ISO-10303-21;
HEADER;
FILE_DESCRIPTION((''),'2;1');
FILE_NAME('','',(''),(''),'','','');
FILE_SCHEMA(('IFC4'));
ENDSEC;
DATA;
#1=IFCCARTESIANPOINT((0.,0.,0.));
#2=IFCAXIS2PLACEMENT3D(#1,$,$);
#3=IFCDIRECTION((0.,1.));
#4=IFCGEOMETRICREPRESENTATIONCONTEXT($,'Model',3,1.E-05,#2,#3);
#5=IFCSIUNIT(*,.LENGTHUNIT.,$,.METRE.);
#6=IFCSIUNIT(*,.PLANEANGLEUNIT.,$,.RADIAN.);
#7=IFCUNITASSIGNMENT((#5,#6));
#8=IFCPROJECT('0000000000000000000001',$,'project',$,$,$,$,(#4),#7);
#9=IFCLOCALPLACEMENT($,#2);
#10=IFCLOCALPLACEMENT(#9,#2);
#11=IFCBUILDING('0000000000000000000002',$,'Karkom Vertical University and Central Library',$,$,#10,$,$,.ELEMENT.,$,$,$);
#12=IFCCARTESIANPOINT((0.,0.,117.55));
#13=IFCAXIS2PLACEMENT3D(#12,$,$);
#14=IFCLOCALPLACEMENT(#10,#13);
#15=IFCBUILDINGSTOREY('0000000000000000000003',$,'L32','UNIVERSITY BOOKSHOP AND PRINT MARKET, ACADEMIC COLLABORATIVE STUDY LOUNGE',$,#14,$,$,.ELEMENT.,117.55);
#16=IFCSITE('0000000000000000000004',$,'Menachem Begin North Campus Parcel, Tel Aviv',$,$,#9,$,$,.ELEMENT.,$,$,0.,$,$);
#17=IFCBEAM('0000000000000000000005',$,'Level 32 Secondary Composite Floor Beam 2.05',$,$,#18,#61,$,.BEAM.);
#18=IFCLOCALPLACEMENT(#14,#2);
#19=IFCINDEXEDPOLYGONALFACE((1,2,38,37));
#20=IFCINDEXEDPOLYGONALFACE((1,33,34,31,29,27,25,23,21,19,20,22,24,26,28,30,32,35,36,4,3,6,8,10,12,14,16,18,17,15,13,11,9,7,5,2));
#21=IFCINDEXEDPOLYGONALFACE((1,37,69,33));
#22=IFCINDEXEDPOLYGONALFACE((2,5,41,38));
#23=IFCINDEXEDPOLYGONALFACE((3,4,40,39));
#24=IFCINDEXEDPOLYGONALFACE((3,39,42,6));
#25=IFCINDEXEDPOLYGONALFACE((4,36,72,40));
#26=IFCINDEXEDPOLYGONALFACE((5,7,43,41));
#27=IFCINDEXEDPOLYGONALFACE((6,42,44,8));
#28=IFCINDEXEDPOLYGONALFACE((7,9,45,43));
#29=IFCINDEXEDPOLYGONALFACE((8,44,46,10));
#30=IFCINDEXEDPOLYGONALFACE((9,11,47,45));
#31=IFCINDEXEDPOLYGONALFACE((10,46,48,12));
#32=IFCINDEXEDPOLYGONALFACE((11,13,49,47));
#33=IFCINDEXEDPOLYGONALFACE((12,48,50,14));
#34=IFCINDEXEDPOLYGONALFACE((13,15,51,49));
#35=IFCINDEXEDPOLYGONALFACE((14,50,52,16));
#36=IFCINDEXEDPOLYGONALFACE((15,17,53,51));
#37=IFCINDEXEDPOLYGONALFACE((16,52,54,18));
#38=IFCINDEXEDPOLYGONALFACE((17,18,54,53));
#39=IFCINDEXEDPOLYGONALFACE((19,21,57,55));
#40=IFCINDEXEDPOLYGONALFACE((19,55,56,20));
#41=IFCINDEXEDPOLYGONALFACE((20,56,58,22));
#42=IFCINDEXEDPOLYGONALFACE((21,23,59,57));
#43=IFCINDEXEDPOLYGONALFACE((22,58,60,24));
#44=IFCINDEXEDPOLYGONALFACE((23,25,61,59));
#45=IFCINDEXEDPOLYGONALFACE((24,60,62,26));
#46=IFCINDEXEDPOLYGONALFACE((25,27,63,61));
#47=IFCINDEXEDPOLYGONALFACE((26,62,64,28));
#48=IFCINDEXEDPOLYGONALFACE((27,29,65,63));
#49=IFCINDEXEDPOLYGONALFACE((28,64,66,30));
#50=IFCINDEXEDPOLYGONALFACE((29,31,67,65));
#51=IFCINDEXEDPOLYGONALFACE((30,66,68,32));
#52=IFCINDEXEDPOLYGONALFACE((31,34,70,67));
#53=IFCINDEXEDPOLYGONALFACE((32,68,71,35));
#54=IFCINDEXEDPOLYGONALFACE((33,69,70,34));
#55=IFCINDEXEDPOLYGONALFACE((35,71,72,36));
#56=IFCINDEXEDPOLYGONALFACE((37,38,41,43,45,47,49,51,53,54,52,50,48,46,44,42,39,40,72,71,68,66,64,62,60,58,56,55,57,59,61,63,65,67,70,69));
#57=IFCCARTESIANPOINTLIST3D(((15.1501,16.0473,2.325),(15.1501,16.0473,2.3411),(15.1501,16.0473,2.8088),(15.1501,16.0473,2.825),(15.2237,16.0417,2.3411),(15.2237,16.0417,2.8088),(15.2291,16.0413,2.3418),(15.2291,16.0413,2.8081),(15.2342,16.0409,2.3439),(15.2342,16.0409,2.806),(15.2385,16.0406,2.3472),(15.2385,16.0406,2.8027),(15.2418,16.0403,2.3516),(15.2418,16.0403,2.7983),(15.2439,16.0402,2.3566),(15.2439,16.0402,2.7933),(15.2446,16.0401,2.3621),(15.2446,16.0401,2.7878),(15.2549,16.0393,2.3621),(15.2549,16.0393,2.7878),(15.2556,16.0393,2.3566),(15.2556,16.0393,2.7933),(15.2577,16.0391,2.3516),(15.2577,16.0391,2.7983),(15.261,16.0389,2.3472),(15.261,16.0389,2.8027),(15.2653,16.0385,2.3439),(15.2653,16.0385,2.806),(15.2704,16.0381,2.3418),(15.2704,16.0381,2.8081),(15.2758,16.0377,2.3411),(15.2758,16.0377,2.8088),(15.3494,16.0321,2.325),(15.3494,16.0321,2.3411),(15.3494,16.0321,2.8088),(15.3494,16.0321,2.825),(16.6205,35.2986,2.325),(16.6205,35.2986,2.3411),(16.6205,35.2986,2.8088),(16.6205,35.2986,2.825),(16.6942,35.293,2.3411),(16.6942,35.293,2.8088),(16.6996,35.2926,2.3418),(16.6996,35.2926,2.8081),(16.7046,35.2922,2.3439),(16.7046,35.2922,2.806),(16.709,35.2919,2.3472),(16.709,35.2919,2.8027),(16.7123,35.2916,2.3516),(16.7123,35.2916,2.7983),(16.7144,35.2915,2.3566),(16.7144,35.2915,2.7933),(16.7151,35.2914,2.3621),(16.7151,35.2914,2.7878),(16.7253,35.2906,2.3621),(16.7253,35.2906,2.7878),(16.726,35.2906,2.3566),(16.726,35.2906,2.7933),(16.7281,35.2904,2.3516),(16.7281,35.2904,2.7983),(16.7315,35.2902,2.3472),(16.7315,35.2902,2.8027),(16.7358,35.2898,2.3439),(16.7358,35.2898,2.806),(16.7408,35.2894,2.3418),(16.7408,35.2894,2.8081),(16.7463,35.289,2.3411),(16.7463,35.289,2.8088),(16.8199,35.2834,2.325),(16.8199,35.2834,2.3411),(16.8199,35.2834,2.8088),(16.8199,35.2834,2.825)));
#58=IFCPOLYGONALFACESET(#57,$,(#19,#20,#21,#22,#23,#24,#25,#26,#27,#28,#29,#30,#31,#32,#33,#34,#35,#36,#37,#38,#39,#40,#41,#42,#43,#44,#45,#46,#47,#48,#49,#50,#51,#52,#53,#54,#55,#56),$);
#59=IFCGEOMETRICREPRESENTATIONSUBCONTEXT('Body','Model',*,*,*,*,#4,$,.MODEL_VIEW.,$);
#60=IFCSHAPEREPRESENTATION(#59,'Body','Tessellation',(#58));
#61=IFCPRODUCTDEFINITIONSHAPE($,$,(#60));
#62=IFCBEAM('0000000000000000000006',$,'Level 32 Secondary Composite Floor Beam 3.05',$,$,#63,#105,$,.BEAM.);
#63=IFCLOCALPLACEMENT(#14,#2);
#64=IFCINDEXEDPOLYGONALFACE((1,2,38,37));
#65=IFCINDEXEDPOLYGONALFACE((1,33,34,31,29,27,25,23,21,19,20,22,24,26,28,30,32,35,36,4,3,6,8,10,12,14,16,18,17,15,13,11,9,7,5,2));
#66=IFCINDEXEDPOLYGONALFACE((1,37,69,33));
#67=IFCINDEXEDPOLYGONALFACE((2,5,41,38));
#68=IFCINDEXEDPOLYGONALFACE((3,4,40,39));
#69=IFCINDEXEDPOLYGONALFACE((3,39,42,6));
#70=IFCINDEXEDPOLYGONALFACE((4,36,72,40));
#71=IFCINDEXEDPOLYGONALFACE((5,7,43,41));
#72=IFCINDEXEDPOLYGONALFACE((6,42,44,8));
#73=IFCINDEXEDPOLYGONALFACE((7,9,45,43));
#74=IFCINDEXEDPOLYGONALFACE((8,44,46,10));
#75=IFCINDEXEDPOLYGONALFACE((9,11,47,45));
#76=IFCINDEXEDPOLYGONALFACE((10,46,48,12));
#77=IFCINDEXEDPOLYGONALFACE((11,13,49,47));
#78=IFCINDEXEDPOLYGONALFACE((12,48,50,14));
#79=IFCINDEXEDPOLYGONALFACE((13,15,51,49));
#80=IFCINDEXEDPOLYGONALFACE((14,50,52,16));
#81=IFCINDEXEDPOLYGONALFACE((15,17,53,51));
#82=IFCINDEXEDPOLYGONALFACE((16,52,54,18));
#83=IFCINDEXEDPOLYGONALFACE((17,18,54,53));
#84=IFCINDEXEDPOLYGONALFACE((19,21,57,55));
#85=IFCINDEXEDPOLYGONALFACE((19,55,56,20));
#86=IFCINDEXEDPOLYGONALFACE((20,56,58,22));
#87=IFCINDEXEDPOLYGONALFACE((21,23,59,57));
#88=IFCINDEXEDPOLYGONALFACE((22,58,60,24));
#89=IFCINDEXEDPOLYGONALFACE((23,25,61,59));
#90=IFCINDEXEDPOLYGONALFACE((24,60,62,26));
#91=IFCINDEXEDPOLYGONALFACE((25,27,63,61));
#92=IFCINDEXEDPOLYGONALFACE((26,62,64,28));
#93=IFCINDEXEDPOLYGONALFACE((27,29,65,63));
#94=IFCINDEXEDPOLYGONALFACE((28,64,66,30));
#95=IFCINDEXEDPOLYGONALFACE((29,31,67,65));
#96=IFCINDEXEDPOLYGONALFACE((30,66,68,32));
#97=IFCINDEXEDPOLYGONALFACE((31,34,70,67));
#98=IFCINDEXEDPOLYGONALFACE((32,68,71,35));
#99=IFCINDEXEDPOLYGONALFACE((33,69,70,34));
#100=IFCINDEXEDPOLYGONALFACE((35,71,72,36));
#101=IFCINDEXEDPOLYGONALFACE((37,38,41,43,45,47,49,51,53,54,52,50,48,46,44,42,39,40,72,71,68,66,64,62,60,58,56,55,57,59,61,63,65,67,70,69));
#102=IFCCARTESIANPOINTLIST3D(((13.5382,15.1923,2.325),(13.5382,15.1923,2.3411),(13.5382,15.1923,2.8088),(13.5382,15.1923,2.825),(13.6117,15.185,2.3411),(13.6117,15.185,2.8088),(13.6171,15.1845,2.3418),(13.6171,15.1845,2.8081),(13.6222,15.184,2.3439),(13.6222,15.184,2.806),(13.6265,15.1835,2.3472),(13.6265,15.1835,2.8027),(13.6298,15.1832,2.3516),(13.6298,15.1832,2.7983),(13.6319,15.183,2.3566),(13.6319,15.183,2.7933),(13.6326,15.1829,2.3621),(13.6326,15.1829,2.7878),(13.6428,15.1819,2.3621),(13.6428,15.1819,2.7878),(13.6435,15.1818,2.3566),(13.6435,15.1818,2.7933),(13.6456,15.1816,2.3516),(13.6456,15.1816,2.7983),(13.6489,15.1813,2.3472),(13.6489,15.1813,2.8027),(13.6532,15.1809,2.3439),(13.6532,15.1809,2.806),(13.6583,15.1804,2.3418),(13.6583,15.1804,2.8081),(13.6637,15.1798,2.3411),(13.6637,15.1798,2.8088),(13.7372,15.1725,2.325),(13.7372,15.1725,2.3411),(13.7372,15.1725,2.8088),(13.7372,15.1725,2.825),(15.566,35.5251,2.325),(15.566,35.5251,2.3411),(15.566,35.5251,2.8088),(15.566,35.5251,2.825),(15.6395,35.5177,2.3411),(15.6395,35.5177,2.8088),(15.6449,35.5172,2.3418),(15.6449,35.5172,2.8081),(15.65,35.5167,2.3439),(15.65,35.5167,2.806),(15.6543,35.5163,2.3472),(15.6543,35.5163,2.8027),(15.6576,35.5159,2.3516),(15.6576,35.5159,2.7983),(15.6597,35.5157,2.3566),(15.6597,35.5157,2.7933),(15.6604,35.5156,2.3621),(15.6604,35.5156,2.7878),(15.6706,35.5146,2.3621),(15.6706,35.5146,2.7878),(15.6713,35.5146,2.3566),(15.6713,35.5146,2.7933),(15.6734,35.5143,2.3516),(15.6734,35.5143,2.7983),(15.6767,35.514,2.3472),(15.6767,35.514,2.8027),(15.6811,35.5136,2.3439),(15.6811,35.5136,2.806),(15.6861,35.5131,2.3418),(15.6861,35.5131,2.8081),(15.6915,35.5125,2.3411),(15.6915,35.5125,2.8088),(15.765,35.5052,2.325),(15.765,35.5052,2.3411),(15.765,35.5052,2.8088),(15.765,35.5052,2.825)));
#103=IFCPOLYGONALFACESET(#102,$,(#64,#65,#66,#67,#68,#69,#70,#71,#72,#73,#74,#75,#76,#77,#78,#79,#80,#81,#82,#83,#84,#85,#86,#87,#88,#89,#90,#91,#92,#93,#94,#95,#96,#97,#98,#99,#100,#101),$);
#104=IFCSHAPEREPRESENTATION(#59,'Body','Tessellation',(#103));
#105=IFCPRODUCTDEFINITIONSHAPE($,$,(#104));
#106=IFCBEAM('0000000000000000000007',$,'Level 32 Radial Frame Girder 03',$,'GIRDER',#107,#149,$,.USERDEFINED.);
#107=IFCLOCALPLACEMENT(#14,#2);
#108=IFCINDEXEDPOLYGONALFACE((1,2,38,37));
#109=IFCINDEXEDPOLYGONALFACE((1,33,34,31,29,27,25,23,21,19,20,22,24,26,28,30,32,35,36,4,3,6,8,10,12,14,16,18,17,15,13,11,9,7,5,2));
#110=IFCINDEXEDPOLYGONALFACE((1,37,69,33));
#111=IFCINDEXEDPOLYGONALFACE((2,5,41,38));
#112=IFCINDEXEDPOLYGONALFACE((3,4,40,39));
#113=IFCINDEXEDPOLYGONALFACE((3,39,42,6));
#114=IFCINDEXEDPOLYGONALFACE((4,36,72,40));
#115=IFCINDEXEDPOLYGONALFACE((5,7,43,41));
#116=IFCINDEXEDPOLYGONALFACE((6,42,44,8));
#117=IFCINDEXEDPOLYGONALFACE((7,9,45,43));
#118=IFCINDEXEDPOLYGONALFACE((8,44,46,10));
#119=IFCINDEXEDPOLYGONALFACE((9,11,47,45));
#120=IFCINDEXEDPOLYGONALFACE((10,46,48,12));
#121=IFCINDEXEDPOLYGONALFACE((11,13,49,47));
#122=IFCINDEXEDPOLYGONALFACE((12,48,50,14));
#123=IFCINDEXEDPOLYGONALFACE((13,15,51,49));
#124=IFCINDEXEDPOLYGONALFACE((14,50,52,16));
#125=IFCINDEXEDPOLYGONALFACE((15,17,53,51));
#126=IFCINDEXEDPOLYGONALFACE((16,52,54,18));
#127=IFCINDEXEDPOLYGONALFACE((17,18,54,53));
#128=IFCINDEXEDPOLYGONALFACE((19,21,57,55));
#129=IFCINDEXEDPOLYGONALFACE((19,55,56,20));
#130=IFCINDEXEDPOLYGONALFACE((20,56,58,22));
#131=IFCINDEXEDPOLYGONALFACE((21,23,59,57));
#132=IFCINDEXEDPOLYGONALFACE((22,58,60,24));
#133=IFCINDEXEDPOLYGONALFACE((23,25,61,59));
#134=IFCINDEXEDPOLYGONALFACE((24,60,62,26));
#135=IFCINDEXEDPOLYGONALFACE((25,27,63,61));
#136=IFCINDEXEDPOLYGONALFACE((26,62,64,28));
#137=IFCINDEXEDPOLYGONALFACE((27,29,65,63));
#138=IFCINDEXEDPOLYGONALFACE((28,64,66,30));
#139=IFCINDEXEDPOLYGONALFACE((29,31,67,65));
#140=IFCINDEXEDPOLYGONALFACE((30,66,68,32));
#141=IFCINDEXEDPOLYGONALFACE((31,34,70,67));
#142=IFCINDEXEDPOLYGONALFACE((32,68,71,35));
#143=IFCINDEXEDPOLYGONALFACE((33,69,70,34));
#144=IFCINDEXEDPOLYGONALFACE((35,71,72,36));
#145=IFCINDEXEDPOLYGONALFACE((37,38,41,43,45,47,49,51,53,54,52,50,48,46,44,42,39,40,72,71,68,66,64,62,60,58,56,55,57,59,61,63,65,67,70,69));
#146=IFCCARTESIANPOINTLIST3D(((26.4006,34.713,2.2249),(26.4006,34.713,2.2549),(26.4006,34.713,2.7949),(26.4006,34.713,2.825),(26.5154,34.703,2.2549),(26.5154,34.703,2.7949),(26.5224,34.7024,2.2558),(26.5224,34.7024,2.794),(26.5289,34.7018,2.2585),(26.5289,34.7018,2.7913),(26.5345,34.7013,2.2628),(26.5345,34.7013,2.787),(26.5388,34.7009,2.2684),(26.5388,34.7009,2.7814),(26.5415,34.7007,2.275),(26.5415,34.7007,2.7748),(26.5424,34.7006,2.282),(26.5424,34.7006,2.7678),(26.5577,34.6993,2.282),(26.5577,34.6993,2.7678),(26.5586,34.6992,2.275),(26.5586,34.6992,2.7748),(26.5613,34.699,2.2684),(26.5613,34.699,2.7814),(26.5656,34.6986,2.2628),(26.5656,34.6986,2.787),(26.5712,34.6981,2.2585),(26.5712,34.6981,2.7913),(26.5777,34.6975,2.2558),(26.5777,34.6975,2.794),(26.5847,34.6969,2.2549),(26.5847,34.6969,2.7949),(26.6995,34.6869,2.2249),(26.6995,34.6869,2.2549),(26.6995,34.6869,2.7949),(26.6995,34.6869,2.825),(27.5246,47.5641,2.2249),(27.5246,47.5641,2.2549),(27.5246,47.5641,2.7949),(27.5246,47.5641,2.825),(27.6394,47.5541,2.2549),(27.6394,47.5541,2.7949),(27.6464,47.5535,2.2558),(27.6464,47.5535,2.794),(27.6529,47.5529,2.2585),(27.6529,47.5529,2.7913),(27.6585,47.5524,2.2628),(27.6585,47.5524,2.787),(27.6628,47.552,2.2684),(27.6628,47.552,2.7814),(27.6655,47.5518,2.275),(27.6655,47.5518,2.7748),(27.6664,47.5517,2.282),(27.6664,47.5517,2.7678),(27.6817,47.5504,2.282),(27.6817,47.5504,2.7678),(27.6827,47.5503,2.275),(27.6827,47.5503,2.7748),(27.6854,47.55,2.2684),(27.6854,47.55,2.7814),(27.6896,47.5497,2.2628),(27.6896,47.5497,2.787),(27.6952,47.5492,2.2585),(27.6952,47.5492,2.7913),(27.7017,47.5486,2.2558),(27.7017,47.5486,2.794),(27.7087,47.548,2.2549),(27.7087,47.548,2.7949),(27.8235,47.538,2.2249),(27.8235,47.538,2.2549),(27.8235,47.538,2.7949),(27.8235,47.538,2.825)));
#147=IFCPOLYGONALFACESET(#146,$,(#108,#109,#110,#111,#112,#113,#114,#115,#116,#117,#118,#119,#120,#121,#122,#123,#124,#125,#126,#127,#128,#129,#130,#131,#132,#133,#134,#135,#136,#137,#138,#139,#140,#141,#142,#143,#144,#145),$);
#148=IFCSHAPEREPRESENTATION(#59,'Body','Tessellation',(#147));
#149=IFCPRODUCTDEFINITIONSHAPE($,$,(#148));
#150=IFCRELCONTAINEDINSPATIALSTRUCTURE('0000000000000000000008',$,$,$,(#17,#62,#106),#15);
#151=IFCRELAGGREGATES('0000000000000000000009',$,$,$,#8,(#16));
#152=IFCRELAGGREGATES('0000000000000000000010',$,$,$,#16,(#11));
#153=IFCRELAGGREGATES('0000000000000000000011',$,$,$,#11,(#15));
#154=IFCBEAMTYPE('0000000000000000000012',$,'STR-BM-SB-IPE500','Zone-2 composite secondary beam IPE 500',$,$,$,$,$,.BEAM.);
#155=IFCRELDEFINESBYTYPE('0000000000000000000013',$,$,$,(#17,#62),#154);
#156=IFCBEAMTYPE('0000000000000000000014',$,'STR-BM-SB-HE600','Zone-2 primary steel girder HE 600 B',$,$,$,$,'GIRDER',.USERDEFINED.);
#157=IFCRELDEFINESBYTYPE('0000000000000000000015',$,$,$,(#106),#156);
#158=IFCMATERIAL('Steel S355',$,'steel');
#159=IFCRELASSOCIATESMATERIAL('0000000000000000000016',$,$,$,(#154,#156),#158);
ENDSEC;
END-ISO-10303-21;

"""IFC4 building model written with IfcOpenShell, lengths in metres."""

from ifc_helpers import new_model, si_unit, direction, frame, origin, origin_with_axes, origin_2d, place, context, subcontext, project, spatial, i_section, extrude, source, transform, mapped, material, material_profile, profile_set, type_object, element, save


model = new_model("IFC4")

# Units and contexts
model_context = context("Model", 3, precision=1e-05, world=origin(), true_north=direction((0.0, 1.0)))
body_context = subcontext(model_context, "Body", "Model", "MODEL_VIEW")
ifc_project = project(units=[si_unit("LENGTHUNIT", "METRE"), si_unit("PLANEANGLEUNIT", "RADIAN")], contexts=[model_context])

# Site, building, storey
site_placement = place(None, origin())
site = spatial("IfcSite", under=ifc_project, at=site_placement, Name="Menachem Begin North Campus Parcel, Tel Aviv", CompositionType="ELEMENT", RefElevation=0.0)
building_placement = place(site_placement, origin())
building = spatial("IfcBuilding", under=site, at=building_placement, Name="Karkom Vertical University and Central Library", CompositionType="ELEMENT")
storey_placement = place(building_placement, frame((0.0, 0.0, 117.55)))
storey = spatial("IfcBuildingStorey", under=building, at=storey_placement, Name="L32", Description="UNIVERSITY BOOKSHOP AND PRINT MARKET, ACADEMIC COLLABORATIVE STUDY LOUNGE", CompositionType="ELEMENT", Elevation=117.55)

# Beams
ifc_material_1 = material(Name="Steel S355", Category="steel")
ifc_material_profile_1 = material_profile(ifc_material_1, i_section(OverallWidth=0.2, OverallDepth=0.5, WebThickness=0.0103, FlangeThickness=0.0161, FilletRadius=0.021, at=origin_2d()), Name="IPE 500")
ifc_profile_set_1 = profile_set([ifc_material_profile_1], Name="Steel S355")
beam_type_1 = type_object("IfcBeamType", Name="STR-BM-SB-IPE500", Description="Zone-2 composite secondary beam IPE 500", PredefinedType="BEAM", material=ifc_profile_set_1)
shared_shape_1 = source(origin_with_axes(), body_context, "Body", "SweptSolid", [
    extrude(i_section(OverallWidth=0.2, OverallDepth=0.5, WebThickness=0.0103, FlangeThickness=0.0161, FilletRadius=0.021, at=origin_2d()), origin(), (0.0, 0.0, 1.0), 19.3074),
])
beam_1_placement = place(storey_placement, frame((16.7202, 35.291, 2.575), z_axis=(-0.076161, -0.997096, 0.0), x_axis=(0.997096, -0.076161, 0.0)))
element("IfcBeam", 1, at=beam_1_placement, inside=storey, type_object=beam_type_1, Name="Level 32 Secondary Composite Floor Beam 2.05", PredefinedType="BEAM", context=body_context, shape_type="MappedRepresentation", body=[
    mapped(shared_shape_1, transform((0.0, 0.0, 0.0), scale=1.0)),
])
shared_shape_2 = source(origin_with_axes(), body_context, "Body", "SweptSolid", [
    extrude(i_section(OverallWidth=0.2, OverallDepth=0.5, WebThickness=0.0103, FlangeThickness=0.0161, FilletRadius=0.021, at=origin_2d()), origin(), (0.0, 0.0, 1.0), 20.4336),
])
beam_2_placement = place(storey_placement, frame((15.6655, 35.5151, 2.575), z_axis=(-0.09924, -0.995064, 0.0), x_axis=(0.995064, -0.09924, 0.0)))
element("IfcBeam", 2, at=beam_2_placement, inside=storey, type_object=beam_type_1, Name="Level 32 Secondary Composite Floor Beam 3.05", PredefinedType="BEAM", context=body_context, shape_type="MappedRepresentation", body=[
    mapped(shared_shape_2, transform((0.0, 0.0, 0.0), scale=1.0)),
])
ifc_material_profile_2 = material_profile(ifc_material_1, i_section(OverallWidth=0.3, OverallDepth=0.6001, WebThickness=0.0154, FlangeThickness=0.03, FilletRadius=0.0271, at=origin_2d()), Name="HE 600 B")
ifc_profile_set_2 = profile_set([ifc_material_profile_2], Name="Steel S355")
beam_type_2 = type_object("IfcBeamType", Name="STR-BM-SB-HE600", Description="Zone-2 primary steel girder HE 600 B", ElementType="GIRDER", PredefinedType="USERDEFINED", material=ifc_profile_set_2)
shared_shape_3 = source(origin_with_axes(), body_context, "Body", "SweptSolid", [
    extrude(i_section(OverallWidth=0.3, OverallDepth=0.6001, WebThickness=0.0154, FlangeThickness=0.03, FilletRadius=0.0271, at=origin_2d()), origin(), (0.0, 0.0, 1.0), 12.9001),
])
beam_3_placement = place(storey_placement, frame((26.55, 34.7, 2.5249), z_axis=(0.087133, 0.996197, 0.0), x_axis=(-0.996197, 0.087133, 0.0)))
element("IfcBeam", 3, at=beam_3_placement, inside=storey, type_object=beam_type_2, Name="Level 32 Radial Frame Girder 03", ObjectType="GIRDER", PredefinedType="USERDEFINED", context=body_context, shape_type="MappedRepresentation", body=[
    mapped(shared_shape_3, transform((0.0, 0.0, 0.0), scale=1.0)),
])

save(model, "model.ifc")
